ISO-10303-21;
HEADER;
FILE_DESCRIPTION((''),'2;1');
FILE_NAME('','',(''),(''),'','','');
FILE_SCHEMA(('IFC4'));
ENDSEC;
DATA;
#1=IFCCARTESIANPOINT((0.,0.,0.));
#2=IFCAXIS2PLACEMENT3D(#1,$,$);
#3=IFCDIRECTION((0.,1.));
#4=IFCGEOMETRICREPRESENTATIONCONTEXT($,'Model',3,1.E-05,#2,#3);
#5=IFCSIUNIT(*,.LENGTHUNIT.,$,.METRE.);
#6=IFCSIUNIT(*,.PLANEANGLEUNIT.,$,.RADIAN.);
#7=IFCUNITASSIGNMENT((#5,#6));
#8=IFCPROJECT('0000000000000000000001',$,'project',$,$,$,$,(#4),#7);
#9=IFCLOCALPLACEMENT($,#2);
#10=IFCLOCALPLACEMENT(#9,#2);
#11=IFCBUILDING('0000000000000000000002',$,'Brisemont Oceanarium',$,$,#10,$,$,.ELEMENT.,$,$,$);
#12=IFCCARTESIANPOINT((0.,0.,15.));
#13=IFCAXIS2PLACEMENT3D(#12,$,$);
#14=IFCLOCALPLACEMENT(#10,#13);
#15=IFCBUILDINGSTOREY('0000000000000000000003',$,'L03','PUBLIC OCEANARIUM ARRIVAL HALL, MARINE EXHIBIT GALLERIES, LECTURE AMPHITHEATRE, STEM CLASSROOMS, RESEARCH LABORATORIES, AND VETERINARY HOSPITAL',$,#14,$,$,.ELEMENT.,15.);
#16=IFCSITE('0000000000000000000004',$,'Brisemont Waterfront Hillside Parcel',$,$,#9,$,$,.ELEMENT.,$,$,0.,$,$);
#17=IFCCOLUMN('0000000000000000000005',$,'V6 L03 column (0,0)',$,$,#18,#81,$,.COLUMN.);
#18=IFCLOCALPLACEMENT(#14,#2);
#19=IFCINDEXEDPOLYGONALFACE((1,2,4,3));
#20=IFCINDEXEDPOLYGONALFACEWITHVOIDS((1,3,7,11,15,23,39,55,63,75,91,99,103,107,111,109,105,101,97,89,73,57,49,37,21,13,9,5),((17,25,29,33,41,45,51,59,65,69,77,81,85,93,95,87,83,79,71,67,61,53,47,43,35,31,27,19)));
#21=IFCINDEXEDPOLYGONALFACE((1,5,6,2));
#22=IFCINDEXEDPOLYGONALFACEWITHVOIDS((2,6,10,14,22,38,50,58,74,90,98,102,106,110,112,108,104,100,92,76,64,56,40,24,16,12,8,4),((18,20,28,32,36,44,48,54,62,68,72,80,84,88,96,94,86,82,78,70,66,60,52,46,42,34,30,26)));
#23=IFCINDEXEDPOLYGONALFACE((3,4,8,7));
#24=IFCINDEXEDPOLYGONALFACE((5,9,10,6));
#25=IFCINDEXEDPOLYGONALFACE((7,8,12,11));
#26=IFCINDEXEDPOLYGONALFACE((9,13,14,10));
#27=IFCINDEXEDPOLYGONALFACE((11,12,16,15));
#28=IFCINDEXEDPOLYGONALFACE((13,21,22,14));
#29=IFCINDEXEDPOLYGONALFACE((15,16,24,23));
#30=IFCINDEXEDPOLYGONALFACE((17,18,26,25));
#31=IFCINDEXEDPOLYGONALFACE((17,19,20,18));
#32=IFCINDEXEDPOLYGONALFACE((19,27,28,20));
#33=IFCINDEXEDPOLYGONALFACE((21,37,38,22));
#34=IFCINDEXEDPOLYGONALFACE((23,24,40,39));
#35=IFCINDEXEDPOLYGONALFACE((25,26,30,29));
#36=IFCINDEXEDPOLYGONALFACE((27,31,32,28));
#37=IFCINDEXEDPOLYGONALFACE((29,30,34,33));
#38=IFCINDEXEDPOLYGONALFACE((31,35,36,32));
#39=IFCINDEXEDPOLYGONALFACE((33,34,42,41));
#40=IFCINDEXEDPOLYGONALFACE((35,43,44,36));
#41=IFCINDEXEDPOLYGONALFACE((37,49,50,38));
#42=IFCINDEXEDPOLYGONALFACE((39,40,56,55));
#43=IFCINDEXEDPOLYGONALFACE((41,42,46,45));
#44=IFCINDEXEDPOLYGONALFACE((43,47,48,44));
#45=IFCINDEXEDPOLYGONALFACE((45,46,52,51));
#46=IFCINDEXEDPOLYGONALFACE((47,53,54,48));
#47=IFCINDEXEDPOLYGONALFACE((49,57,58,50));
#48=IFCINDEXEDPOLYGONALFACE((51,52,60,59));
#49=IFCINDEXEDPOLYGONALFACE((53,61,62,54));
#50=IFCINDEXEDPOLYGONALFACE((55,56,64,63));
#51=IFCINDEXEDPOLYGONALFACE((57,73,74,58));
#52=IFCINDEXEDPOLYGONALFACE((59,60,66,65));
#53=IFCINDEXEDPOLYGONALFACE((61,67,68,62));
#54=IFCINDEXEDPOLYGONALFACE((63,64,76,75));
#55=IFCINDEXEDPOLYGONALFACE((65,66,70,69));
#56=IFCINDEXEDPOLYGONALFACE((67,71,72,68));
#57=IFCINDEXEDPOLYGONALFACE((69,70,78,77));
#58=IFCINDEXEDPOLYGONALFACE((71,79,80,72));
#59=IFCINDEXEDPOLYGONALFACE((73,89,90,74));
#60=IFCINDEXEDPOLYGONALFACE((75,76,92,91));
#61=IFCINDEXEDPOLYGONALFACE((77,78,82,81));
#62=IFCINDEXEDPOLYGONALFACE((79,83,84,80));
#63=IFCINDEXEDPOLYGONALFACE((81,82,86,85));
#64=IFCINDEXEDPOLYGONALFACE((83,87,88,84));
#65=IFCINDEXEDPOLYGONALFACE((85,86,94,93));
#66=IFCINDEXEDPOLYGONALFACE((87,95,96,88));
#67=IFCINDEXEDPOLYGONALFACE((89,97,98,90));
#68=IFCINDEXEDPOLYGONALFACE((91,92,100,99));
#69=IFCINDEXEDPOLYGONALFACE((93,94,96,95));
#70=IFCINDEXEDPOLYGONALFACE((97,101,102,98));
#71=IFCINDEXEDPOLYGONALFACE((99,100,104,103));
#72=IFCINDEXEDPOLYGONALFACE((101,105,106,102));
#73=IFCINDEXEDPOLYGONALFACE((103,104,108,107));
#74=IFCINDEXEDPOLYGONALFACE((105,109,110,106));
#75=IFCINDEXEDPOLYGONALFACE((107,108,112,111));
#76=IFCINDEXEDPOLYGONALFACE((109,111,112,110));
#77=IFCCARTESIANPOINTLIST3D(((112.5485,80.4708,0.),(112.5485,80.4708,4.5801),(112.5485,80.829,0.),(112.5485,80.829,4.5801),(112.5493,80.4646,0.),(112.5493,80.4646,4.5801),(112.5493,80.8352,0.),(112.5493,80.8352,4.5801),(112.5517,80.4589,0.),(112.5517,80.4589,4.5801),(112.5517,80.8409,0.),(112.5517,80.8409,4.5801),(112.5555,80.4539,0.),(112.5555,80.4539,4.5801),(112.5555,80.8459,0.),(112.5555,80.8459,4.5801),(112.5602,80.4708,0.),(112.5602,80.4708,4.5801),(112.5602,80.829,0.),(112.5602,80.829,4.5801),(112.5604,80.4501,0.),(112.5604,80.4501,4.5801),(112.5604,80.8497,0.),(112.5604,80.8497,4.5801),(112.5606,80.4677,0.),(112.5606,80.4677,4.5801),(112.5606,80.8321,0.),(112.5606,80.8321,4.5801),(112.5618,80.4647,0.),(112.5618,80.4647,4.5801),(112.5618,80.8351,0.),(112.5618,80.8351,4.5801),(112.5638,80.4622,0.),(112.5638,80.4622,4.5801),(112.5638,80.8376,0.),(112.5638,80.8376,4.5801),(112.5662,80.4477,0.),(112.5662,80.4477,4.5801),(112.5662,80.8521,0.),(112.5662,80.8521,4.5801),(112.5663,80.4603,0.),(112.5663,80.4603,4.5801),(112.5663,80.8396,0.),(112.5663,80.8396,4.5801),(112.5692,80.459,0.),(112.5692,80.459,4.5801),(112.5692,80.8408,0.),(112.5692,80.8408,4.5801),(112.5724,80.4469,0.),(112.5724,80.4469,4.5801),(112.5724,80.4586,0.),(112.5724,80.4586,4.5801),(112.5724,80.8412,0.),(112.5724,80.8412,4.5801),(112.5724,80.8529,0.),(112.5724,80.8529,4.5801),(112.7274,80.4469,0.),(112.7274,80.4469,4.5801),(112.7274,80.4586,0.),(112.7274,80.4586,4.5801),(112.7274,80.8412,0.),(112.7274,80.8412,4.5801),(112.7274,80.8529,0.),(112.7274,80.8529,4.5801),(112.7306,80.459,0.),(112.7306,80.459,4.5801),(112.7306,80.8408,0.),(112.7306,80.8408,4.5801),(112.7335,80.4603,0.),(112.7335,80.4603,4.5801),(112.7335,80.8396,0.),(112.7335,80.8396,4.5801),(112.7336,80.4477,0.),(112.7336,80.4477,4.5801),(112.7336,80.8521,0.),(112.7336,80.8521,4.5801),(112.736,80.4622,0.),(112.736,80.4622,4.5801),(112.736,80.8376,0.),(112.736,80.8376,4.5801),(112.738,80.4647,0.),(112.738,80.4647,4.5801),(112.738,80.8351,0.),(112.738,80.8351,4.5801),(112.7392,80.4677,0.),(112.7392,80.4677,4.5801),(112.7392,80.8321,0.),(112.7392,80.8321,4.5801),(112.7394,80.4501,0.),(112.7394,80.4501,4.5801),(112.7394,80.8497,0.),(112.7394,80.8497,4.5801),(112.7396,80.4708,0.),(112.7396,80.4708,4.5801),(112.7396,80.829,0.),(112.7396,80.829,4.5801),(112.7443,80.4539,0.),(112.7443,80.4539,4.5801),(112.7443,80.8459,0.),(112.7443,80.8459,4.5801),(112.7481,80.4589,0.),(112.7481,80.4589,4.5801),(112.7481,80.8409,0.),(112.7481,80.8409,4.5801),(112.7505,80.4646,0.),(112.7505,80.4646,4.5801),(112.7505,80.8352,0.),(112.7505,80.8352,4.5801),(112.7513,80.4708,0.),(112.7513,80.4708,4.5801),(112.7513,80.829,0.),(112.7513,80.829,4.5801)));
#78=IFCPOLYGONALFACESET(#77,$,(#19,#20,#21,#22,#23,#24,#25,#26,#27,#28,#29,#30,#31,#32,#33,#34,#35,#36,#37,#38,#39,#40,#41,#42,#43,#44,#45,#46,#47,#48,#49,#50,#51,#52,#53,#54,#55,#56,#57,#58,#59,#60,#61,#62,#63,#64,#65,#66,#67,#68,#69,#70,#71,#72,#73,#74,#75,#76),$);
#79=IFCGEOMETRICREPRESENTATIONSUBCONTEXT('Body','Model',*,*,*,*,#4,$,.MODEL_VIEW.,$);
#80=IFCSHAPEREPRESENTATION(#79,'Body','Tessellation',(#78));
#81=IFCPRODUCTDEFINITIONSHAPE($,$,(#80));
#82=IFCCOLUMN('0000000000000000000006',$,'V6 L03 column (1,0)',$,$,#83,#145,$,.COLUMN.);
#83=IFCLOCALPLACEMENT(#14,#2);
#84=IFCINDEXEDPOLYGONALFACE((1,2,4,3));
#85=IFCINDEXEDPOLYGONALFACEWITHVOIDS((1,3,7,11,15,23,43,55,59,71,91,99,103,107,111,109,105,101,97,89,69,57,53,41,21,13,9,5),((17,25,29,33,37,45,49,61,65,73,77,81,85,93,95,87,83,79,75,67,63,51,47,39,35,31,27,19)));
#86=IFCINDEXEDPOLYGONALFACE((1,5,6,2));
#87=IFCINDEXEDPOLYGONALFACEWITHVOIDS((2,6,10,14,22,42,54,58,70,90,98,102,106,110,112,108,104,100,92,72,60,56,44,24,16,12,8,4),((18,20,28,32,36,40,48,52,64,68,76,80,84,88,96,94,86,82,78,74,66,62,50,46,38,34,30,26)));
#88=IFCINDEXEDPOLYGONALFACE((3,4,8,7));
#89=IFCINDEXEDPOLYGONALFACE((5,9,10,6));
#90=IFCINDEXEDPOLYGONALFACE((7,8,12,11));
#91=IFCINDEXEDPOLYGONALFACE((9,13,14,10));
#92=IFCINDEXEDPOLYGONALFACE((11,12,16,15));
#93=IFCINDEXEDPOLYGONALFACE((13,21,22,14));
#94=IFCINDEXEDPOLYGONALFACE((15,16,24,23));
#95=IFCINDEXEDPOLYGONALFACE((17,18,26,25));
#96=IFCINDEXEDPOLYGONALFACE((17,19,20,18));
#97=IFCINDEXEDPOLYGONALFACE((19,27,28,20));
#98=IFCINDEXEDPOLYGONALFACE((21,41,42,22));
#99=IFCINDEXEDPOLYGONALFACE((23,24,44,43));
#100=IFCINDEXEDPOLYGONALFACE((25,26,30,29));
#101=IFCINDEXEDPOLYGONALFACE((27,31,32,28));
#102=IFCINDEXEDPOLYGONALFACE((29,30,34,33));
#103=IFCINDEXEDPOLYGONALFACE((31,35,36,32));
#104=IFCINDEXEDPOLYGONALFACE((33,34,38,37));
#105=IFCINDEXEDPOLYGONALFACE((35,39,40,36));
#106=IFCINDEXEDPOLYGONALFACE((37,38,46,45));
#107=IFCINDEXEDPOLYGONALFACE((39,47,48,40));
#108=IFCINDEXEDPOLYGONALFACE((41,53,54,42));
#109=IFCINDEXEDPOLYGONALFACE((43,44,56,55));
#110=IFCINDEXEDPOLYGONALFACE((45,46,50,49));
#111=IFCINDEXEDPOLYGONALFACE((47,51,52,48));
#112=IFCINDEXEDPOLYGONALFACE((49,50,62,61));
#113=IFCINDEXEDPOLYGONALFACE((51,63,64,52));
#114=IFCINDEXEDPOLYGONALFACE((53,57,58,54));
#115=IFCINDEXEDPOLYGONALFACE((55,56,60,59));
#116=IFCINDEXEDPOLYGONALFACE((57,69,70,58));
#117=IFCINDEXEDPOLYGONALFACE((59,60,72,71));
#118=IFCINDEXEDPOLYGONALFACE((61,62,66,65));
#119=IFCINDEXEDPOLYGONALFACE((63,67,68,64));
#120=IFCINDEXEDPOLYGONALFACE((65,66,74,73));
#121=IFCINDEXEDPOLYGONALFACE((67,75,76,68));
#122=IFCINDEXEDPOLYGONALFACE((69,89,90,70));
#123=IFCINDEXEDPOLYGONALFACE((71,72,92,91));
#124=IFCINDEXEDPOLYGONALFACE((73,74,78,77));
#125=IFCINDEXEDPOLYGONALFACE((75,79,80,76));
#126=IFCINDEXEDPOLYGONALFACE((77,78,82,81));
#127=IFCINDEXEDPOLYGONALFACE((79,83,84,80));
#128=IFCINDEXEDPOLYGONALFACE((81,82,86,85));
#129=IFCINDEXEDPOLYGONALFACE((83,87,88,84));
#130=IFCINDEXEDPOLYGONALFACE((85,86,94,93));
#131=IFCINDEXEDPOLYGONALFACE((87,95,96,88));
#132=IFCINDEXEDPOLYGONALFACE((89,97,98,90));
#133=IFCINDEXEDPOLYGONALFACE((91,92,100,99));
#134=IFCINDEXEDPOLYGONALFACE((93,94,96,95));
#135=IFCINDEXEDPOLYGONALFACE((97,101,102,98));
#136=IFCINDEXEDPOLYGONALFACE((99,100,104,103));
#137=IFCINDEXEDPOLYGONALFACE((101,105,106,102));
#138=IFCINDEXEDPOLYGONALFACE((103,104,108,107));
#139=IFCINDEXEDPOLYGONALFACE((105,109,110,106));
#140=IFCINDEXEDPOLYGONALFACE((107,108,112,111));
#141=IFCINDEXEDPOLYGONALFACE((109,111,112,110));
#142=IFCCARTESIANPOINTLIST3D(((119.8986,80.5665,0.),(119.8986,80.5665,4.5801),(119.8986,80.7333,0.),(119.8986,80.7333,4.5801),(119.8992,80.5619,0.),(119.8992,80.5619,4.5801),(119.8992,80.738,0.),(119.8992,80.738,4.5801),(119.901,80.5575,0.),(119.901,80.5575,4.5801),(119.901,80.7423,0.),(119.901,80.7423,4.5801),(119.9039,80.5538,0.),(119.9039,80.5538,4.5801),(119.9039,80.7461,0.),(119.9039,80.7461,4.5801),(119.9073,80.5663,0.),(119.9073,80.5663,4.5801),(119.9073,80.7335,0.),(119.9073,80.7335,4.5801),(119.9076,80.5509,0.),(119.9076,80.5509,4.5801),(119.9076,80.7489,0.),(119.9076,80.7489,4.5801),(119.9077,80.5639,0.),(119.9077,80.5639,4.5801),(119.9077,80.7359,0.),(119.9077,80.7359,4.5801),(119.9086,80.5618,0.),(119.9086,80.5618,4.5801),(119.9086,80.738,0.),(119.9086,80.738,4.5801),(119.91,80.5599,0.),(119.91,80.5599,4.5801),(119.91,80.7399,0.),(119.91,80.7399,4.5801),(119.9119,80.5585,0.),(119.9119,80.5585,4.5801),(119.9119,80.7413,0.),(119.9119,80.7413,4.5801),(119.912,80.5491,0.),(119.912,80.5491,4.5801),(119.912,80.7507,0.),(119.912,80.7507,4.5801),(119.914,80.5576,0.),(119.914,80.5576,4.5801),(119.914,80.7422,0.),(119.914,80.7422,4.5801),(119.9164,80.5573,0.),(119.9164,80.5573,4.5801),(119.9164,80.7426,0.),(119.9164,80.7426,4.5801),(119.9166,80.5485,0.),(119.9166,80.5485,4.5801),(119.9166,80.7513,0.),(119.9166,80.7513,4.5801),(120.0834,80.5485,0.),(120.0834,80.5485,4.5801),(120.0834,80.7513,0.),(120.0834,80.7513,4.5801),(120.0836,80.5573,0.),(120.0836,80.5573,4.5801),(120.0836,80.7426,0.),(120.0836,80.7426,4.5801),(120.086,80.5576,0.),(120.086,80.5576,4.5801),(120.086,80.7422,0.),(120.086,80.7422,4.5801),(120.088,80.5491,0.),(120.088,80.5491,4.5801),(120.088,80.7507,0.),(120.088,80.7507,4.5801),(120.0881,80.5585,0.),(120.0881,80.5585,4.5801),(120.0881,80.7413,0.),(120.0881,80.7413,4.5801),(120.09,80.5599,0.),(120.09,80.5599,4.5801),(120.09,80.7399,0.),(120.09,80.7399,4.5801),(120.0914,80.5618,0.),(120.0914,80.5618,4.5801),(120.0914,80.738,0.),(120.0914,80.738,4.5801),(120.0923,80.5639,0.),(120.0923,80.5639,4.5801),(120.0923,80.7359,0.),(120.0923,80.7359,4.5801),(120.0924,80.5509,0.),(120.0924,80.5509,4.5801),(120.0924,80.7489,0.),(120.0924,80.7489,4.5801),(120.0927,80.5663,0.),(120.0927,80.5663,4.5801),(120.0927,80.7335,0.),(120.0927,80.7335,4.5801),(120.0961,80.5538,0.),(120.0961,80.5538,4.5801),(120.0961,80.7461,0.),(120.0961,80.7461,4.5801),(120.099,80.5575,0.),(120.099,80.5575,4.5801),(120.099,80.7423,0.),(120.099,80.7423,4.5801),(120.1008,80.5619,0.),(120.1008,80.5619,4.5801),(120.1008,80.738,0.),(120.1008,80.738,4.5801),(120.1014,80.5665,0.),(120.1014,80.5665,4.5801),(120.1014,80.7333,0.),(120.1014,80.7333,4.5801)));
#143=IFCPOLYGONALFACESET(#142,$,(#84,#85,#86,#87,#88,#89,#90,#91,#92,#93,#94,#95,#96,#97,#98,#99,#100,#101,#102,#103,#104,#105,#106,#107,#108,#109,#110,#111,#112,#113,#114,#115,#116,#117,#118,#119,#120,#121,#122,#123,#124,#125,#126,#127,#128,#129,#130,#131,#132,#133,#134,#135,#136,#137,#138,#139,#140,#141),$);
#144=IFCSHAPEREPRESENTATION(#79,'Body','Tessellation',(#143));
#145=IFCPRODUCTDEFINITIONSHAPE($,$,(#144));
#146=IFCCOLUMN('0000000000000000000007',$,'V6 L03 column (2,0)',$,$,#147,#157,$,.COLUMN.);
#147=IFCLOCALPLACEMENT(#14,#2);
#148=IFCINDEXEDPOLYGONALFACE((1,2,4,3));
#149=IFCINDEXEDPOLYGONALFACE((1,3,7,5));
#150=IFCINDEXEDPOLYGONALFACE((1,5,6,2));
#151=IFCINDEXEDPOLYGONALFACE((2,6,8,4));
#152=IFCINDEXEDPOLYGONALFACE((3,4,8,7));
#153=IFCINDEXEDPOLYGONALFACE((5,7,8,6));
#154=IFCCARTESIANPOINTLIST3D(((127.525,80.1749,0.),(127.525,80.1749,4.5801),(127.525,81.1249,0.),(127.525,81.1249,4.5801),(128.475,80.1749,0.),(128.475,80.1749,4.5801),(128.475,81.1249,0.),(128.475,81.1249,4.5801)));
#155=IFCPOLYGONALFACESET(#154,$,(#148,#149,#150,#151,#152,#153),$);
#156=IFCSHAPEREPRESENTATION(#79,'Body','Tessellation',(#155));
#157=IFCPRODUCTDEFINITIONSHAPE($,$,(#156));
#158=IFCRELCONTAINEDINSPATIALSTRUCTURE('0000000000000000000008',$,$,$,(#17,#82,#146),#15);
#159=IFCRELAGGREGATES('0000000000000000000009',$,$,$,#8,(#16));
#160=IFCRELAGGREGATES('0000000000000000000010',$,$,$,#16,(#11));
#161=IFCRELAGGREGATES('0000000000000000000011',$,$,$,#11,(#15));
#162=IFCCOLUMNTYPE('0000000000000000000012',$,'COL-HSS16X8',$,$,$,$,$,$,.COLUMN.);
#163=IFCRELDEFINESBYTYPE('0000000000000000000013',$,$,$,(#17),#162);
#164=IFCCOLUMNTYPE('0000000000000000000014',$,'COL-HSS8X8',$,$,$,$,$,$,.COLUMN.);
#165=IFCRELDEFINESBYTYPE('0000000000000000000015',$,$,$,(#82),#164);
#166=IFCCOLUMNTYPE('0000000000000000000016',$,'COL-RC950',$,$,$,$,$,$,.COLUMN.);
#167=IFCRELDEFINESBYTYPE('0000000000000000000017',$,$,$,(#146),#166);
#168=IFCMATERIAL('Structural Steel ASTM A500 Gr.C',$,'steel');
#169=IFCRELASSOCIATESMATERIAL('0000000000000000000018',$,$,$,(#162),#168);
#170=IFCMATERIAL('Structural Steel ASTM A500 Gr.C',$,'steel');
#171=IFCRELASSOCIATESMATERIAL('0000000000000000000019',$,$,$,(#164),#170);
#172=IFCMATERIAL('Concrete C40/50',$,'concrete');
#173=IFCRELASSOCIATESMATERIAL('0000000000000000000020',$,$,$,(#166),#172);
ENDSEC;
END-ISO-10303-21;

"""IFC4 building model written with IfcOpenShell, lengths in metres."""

from ifc_helpers import new_model, si_unit, direction, frame, origin, origin_2d, place, context, subcontext, project, spatial, rectangle, hollow_rectangle, extrude, material, material_profile, profile_set, type_object, element, save


model = new_model("IFC4")

# Units and contexts
model_context = context("Model", 3, precision=1e-05, world=origin(), true_north=direction((0.0, 1.0)))
body_context = subcontext(model_context, "Body", "Model", "MODEL_VIEW")
ifc_project = project(units=[si_unit("LENGTHUNIT", "METRE"), si_unit("PLANEANGLEUNIT", "RADIAN")], contexts=[model_context])

# Site, building, storey
site_placement = place(None, origin())
site = spatial("IfcSite", under=ifc_project, at=site_placement, Name="Brisemont Waterfront Hillside Parcel", CompositionType="ELEMENT", RefElevation=0.0)
building_placement = place(site_placement, origin())
building = spatial("IfcBuilding", under=site, at=building_placement, Name="Brisemont Oceanarium", CompositionType="ELEMENT")
storey_placement = place(building_placement, frame((0.0, 0.0, 15.0)))
storey = spatial("IfcBuildingStorey", under=building, at=storey_placement, Name="L03", Description="PUBLIC OCEANARIUM ARRIVAL HALL, MARINE EXHIBIT GALLERIES, LECTURE AMPHITHEATRE, STEM CLASSROOMS, RESEARCH LABORATORIES, AND VETERINARY HOSPITAL", CompositionType="ELEMENT", Elevation=15.0)

# Columns
ifc_material_1 = material(Name="Structural Steel ASTM A500 Gr.C", Category="steel")
ifc_material_profile_1 = material_profile(ifc_material_1, hollow_rectangle(XDim=0.2029, YDim=0.406, WallThickness=0.0117, InnerFilletRadius=0.0122, OuterFilletRadius=0.0239, at=origin_2d()), Name="HSS16X8X1/2")
ifc_profile_set_1 = profile_set([ifc_material_profile_1], Name="Structural Steel ASTM A500 Gr.C")
column_type_1 = type_object("IfcColumnType", Name="COL-HSS16X8", PredefinedType="COLUMN", material=ifc_profile_set_1)
column_1_placement = place(storey_placement, frame((112.6499, 80.6499, 0.0), z_axis=(0.0, 0.0, 1.0), x_axis=(1.0, 0.0, 0.0)))
element("IfcColumn", 1, at=column_1_placement, inside=storey, type_object=column_type_1, Name="V6 L03 column (0,0)", PredefinedType="COLUMN", context=body_context, shape_type="SweptSolid", body=[
    extrude(hollow_rectangle(XDim=0.2029, YDim=0.406, WallThickness=0.0117, InnerFilletRadius=0.0122, OuterFilletRadius=0.0239, at=origin_2d()), origin(), (0.0, 0.0, 1.0), 4.5801),
])
ifc_material_2 = material(Name="Structural Steel ASTM A500 Gr.C", Category="steel")
ifc_material_profile_2 = material_profile(ifc_material_2, hollow_rectangle(XDim=0.2029, YDim=0.2029, WallThickness=0.0088, InnerFilletRadius=0.009, OuterFilletRadius=0.0181, at=origin_2d()), Name="HSS8X8X3/8")
ifc_profile_set_2 = profile_set([ifc_material_profile_2], Name="Structural Steel ASTM A500 Gr.C")
column_type_2 = type_object("IfcColumnType", Name="COL-HSS8X8", PredefinedType="COLUMN", material=ifc_profile_set_2)
column_2_placement = place(storey_placement, frame((120.0, 80.6499, 0.0), z_axis=(0.0, 0.0, 1.0), x_axis=(0.0, 1.0, 0.0)))
element("IfcColumn", 2, at=column_2_placement, inside=storey, type_object=column_type_2, Name="V6 L03 column (1,0)", PredefinedType="COLUMN", context=body_context, shape_type="SweptSolid", body=[
    extrude(hollow_rectangle(XDim=0.2029, YDim=0.2029, WallThickness=0.0088, InnerFilletRadius=0.009, OuterFilletRadius=0.0181, at=origin_2d()), origin(), (0.0, 0.0, 1.0), 4.5801),
])
ifc_material_3 = material(Name="Concrete C40/50", Category="concrete")
ifc_material_profile_3 = material_profile(ifc_material_3, rectangle(XDim=0.95, YDim=0.95, at=origin_2d()), Name="RC-COL-950X950")
ifc_profile_set_3 = profile_set([ifc_material_profile_3], Name="Concrete C40/50")
column_type_3 = type_object("IfcColumnType", Name="COL-RC950", PredefinedType="COLUMN", material=ifc_profile_set_3)
column_3_placement = place(storey_placement, frame((128.0, 80.6499, 0.0), z_axis=(0.0, 0.0, 1.0), x_axis=(1.0, 0.0, 0.0)))
element("IfcColumn", 3, at=column_3_placement, inside=storey, type_object=column_type_3, Name="V6 L03 column (2,0)", PredefinedType="COLUMN", context=body_context, shape_type="SweptSolid", body=[
    extrude(rectangle(XDim=0.95, YDim=0.95, at=origin_2d()), origin(), (0.0, 0.0, 1.0), 4.5801),
])

save(model, "model.ifc")
